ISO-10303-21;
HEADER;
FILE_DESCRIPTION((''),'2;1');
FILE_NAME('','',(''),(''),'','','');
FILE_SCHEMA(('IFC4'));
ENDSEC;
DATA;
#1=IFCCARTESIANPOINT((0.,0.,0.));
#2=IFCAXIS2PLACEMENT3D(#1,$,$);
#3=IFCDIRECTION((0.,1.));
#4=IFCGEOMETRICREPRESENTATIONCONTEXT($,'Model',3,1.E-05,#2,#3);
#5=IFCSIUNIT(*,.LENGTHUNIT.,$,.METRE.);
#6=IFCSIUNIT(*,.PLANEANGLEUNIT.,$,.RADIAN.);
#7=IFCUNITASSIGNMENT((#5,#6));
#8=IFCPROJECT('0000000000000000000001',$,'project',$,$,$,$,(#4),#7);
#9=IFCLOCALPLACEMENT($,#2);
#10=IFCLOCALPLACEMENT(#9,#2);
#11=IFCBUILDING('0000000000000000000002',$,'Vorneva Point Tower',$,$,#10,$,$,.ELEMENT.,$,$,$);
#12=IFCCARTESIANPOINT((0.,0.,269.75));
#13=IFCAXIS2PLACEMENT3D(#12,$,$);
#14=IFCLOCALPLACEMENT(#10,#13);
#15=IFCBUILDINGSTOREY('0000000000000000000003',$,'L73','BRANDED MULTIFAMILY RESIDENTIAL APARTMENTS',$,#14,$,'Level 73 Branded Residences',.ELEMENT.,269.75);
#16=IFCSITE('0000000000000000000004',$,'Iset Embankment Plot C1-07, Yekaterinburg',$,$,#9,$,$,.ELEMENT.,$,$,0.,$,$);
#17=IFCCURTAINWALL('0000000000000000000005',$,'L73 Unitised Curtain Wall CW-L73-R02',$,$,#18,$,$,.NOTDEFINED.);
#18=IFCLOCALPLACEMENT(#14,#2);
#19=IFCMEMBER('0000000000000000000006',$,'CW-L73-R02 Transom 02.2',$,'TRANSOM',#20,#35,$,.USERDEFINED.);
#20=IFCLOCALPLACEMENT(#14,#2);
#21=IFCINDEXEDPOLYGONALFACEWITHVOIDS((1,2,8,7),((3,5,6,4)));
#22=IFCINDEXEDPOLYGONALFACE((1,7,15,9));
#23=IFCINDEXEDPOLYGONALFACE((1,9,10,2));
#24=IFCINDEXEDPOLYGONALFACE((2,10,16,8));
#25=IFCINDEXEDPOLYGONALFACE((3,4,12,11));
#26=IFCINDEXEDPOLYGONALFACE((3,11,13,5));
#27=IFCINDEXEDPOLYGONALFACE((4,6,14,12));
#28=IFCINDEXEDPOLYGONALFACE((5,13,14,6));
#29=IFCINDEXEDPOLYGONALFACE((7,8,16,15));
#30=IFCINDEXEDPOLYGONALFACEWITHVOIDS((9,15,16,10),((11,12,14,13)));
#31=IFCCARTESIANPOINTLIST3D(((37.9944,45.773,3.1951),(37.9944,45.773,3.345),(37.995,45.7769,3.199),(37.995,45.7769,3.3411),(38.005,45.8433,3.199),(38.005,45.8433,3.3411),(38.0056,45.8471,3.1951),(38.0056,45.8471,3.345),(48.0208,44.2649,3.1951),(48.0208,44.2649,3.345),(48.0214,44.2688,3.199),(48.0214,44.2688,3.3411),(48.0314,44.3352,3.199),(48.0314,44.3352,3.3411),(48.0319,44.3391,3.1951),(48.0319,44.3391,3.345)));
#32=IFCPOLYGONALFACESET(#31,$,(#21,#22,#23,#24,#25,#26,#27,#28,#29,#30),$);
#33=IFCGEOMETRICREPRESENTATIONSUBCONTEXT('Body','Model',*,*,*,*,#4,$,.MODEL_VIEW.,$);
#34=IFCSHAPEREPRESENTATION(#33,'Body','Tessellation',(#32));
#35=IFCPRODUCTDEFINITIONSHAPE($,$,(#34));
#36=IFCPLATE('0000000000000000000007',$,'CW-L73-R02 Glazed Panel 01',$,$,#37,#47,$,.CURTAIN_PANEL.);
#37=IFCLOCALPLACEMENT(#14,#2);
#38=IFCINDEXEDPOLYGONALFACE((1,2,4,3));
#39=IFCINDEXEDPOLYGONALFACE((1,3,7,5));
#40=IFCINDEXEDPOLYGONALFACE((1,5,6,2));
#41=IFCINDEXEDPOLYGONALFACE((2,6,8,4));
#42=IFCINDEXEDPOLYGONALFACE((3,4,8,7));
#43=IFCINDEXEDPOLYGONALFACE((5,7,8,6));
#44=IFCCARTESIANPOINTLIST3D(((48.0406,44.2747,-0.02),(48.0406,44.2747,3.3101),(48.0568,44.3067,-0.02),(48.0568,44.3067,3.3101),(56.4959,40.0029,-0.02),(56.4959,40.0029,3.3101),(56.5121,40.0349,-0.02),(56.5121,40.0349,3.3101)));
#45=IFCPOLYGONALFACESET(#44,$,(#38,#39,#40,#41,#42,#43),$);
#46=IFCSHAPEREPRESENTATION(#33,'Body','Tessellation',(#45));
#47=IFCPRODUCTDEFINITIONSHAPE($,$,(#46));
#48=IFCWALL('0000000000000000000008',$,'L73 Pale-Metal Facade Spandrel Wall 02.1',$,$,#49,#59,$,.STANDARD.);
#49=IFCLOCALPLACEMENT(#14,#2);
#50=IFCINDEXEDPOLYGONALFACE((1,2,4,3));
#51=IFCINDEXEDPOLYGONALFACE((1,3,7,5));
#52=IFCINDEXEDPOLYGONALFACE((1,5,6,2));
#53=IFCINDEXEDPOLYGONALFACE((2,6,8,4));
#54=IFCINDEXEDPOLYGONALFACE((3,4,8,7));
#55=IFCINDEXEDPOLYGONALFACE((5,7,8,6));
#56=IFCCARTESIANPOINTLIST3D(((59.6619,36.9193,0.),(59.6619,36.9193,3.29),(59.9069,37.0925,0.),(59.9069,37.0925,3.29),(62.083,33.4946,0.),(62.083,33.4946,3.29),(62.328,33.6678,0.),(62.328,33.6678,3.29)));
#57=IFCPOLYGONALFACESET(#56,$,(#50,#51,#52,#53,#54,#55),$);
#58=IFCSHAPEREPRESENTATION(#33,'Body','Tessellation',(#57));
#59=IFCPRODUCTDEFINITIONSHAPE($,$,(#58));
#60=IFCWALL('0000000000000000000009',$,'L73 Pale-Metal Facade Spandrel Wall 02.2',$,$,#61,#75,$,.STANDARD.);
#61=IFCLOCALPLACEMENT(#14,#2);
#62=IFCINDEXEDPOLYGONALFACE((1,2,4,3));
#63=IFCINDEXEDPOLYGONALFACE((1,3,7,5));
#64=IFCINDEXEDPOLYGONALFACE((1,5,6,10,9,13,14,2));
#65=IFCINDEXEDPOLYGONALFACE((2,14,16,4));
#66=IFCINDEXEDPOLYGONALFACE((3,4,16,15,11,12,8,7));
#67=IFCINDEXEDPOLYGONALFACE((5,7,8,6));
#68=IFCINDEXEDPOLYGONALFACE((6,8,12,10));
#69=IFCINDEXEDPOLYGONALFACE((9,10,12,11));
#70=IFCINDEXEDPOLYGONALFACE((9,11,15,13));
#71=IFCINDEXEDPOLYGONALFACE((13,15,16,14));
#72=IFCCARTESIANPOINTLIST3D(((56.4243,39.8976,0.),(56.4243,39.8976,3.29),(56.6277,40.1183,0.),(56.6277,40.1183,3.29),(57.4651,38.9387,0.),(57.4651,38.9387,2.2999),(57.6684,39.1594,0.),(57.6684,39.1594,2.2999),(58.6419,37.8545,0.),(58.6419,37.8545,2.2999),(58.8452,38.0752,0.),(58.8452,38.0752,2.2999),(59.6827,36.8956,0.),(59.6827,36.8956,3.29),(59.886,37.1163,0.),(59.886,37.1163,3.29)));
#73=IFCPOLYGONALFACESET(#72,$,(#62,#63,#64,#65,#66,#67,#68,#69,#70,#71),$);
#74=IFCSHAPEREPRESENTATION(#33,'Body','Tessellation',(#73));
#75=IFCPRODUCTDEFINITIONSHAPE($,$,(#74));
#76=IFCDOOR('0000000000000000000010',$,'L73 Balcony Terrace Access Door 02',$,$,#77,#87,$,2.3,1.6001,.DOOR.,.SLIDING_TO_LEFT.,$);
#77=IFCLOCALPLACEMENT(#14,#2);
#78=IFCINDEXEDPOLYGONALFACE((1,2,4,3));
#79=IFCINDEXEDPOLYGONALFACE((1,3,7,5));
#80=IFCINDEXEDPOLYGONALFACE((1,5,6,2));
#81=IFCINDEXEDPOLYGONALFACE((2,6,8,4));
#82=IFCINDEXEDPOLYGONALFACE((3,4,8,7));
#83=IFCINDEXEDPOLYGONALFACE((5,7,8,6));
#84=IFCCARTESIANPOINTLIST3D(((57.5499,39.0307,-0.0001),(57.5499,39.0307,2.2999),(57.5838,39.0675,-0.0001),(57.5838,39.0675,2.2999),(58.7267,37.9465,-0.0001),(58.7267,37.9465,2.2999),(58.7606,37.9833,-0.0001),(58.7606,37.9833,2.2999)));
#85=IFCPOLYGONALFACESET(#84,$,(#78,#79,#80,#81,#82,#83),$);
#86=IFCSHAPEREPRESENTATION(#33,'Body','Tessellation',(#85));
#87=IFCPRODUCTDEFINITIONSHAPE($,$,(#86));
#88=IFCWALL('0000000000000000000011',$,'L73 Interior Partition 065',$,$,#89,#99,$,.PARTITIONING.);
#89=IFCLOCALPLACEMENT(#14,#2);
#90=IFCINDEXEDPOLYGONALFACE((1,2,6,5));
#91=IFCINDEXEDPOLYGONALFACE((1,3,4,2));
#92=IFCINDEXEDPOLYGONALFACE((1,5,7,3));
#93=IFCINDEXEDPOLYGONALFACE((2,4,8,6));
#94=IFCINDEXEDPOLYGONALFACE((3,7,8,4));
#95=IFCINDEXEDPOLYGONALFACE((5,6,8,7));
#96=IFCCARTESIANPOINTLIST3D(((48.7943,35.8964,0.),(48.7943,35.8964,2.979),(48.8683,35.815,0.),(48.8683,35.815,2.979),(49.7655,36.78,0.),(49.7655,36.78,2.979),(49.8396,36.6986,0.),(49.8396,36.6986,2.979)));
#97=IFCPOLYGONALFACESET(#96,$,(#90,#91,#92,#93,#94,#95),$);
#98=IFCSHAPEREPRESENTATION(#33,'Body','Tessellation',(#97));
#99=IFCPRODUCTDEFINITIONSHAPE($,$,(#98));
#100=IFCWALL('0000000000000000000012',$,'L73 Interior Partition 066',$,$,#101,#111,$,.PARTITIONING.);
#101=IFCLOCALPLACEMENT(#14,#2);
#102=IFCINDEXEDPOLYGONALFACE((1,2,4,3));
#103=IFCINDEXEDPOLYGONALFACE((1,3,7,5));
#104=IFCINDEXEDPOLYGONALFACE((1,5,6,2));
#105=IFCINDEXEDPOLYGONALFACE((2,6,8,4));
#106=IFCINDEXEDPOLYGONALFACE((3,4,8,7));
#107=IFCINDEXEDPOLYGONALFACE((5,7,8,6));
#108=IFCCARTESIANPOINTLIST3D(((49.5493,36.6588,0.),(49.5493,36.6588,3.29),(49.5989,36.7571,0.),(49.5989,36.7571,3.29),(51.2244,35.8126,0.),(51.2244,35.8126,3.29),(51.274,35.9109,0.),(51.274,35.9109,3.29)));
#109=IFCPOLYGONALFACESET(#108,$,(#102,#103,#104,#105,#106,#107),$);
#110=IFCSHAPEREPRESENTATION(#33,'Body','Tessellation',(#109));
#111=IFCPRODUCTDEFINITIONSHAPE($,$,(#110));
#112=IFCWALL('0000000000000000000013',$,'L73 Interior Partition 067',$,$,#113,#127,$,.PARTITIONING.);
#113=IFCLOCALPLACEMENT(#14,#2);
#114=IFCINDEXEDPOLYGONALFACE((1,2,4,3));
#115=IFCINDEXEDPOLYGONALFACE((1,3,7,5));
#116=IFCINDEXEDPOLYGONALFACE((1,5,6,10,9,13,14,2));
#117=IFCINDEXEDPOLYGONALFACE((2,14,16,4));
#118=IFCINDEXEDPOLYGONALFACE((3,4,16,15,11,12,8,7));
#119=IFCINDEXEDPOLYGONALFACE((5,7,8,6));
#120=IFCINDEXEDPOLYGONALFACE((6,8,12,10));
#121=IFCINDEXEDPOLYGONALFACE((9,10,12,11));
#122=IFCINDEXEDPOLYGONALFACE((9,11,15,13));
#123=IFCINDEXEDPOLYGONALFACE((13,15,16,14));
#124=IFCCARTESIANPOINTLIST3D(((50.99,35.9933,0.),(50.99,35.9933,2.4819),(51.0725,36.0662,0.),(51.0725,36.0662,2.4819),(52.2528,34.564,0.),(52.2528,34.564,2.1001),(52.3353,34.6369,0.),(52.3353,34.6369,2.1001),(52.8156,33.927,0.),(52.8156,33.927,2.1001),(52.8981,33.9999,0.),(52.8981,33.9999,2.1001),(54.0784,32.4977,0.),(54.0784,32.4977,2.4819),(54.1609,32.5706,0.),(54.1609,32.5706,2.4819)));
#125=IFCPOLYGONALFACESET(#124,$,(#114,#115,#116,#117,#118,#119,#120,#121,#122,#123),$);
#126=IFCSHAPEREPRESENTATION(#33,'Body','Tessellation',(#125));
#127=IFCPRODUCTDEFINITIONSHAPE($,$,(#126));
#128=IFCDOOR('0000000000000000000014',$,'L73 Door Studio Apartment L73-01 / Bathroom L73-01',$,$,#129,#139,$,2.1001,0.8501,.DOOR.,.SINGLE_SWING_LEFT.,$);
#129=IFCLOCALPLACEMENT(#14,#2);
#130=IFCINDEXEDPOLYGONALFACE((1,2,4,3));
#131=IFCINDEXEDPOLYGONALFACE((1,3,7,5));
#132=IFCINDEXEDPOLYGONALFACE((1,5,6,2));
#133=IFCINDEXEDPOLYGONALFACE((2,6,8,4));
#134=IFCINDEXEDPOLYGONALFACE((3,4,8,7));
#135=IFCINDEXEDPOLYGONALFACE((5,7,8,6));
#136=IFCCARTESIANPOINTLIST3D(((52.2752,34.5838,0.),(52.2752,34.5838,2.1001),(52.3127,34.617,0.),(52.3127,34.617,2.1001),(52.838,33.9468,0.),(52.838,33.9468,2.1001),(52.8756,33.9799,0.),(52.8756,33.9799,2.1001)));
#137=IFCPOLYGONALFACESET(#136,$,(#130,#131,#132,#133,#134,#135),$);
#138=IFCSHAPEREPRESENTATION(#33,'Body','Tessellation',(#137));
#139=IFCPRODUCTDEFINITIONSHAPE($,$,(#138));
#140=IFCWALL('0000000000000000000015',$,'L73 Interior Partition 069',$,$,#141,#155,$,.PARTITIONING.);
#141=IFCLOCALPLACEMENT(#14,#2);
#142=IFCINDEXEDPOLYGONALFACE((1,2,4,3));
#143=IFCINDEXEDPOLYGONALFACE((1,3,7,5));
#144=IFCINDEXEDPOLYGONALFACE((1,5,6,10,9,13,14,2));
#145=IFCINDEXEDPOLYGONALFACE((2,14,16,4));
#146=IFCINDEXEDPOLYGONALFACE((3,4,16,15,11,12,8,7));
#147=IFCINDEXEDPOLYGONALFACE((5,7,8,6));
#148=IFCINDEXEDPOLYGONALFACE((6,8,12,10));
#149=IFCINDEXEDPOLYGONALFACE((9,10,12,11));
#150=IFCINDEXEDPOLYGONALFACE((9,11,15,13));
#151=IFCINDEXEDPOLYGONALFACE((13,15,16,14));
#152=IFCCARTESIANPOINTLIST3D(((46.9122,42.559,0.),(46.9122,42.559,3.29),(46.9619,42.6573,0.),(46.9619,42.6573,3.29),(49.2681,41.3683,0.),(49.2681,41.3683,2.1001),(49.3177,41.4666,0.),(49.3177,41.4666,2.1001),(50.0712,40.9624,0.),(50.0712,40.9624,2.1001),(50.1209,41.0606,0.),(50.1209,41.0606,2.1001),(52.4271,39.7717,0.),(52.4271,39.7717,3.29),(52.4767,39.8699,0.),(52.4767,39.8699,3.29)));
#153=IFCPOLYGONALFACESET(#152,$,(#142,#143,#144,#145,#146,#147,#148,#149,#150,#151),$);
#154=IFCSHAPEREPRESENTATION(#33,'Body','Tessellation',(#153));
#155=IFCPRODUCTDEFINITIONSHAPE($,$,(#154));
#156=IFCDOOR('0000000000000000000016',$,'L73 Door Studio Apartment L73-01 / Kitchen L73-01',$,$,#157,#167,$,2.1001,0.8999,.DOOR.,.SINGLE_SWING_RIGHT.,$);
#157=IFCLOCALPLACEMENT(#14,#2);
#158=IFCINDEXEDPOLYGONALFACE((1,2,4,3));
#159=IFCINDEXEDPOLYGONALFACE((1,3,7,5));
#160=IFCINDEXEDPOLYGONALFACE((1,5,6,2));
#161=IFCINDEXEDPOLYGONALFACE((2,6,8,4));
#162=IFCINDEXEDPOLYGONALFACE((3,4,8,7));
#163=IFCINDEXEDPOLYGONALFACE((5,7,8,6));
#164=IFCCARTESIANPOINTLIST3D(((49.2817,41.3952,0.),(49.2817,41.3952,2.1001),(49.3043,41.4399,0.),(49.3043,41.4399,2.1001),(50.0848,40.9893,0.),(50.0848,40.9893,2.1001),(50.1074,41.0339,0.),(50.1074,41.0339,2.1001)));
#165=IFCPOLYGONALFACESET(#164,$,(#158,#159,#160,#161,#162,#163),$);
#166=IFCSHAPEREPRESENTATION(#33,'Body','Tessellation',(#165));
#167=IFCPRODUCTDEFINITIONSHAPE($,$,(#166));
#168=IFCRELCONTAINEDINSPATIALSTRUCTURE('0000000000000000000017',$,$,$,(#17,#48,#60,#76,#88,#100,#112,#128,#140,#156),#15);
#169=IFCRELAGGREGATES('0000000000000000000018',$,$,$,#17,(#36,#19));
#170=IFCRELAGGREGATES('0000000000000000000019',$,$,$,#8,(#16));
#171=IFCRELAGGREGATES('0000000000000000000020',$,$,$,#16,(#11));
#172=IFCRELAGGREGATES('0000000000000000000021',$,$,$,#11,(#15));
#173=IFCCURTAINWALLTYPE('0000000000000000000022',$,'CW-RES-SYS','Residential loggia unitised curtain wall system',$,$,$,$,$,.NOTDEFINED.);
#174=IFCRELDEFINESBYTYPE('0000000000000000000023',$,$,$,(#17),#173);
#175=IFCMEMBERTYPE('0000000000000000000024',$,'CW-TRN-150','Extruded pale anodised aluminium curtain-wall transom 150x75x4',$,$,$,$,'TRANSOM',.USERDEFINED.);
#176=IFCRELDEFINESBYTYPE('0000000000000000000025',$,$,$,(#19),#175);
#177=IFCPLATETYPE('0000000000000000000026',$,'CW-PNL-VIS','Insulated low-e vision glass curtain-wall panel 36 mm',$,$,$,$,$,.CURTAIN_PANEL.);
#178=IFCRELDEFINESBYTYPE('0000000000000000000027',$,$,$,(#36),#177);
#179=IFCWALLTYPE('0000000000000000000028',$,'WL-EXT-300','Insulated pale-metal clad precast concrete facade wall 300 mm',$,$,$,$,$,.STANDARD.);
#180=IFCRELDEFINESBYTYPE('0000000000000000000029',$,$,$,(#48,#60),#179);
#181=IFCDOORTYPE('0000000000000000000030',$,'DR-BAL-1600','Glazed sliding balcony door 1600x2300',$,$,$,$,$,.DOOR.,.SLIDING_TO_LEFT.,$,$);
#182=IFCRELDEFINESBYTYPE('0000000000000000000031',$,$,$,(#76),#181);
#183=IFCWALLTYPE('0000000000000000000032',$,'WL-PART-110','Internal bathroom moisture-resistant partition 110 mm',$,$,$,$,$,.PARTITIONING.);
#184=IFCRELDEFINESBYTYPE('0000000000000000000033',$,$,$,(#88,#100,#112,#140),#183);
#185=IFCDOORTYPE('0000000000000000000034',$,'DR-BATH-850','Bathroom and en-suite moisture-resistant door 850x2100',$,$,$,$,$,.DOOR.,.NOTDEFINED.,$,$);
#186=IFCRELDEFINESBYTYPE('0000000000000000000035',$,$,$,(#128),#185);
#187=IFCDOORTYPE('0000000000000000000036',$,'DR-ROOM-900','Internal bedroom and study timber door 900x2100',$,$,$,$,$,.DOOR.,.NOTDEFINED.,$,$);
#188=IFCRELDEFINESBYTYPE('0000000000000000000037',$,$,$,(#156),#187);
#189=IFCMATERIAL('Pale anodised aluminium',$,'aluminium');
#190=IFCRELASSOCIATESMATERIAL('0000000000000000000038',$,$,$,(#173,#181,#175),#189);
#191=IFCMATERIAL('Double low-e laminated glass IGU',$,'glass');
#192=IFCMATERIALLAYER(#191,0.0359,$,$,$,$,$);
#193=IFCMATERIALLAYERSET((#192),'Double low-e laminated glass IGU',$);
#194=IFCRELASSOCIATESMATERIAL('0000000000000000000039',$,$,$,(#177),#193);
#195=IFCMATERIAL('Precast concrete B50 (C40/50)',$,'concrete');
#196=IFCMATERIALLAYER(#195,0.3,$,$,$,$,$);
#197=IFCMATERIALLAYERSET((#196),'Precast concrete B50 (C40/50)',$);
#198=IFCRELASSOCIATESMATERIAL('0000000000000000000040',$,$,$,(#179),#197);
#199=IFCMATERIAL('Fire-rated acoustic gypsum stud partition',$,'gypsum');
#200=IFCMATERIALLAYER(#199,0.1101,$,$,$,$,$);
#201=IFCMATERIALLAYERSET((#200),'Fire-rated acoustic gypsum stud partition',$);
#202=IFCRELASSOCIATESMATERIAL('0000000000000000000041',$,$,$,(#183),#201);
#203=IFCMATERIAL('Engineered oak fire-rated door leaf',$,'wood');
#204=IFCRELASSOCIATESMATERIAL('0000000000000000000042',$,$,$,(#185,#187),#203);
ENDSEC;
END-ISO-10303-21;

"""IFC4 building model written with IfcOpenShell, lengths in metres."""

from ifc_helpers import new_model, si_unit, direction, frame, frame_2d, origin, origin_2d, place, context, subcontext, project, spatial, rectangle, hollow_rectangle, extrude, material, layer, layer_set, material_profile, profile_set, type_object, element, fill, aggregate, save


model = new_model("IFC4")

# Units and contexts
model_context = context("Model", 3, precision=1e-05, world=origin(), true_north=direction((0.0, 1.0)))
body_context = subcontext(model_context, "Body", "Model", "MODEL_VIEW")
ifc_project = project(units=[si_unit("LENGTHUNIT", "METRE"), si_unit("PLANEANGLEUNIT", "RADIAN")], contexts=[model_context])

# Site, building, storey
site_placement = place(None, origin())
site = spatial("IfcSite", under=ifc_project, at=site_placement, Name="Iset Embankment Plot C1-07, Yekaterinburg", CompositionType="ELEMENT", RefElevation=0.0)
building_placement = place(site_placement, origin())
building = spatial("IfcBuilding", under=site, at=building_placement, Name="Vorneva Point Tower", CompositionType="ELEMENT")
storey_placement = place(building_placement, frame((0.0, 0.0, 269.75)))
storey = spatial("IfcBuildingStorey", under=building, at=storey_placement, Name="L73", Description="BRANDED MULTIFAMILY RESIDENTIAL APARTMENTS", LongName="Level 73 Branded Residences", CompositionType="ELEMENT", Elevation=269.75)

# Shared definitions
ifc_material_1 = material(Name="Pale anodised aluminium", Category="aluminium")
curtain_wall_type = type_object("IfcCurtainWallType", Name="CW-RES-SYS", Description="Residential loggia unitised curtain wall system", PredefinedType="NOTDEFINED", material=ifc_material_1)

# Curtain wall, member, plate
curtain_wall_1_placement = place(storey_placement, origin())
curtain_wall_1 = element("IfcCurtainWall", 1, at=curtain_wall_1_placement, inside=storey, type_object=curtain_wall_type, Name="L73 Unitised Curtain Wall CW-L73-R02", PredefinedType="NOTDEFINED")
ifc_material_profile_1 = material_profile(ifc_material_1, hollow_rectangle(XDim=0.075, YDim=0.1499, WallThickness=0.0039, at=origin_2d()), Name="AL-TRN 150x75x4")
ifc_profile_set_1 = profile_set([ifc_material_profile_1], Name="Pale anodised aluminium")
member_type_1 = type_object("IfcMemberType", Name="CW-TRN-150", Description="Extruded pale anodised aluminium curtain-wall transom 150x75x4", ElementType="TRANSOM", PredefinedType="USERDEFINED", material=ifc_profile_set_1)
member_1_placement = place(storey_placement, frame((48.0264, 44.302, 3.27), z_axis=(-0.988877, 0.148736, 0.0), x_axis=(-0.148736, -0.988877, 0.0)))
member_1 = element("IfcMember", 2, at=member_1_placement, type_object=member_type_1, Name="CW-L73-R02 Transom 02.2", ObjectType="TRANSOM", PredefinedType="USERDEFINED", context=body_context, shape_type="SweptSolid", body=[
    extrude(hollow_rectangle(XDim=0.075, YDim=0.1499, WallThickness=0.0039, at=origin_2d()), origin(), (0.0, 0.0, 1.0), 10.1392),
])
ifc_material_2 = material(Name="Double low-e laminated glass IGU", Category="glass")
ifc_layer_1 = layer(ifc_material_2, 0.0359)
ifc_layer_set_1 = layer_set([ifc_layer_1], Name="Double low-e laminated glass IGU")
plate_type = type_object("IfcPlateType", Name="CW-PNL-VIS", Description="Insulated low-e vision glass curtain-wall panel 36 mm", PredefinedType="CURTAIN_PANEL", material=ifc_layer_set_1)
plate_placement = place(storey_placement, frame((52.2764, 42.1548, -0.02), z_axis=(0.0, 0.0, 1.0), x_axis=(-0.892554, 0.45094, 0.0)))
plate = element("IfcPlate", 3, at=plate_placement, type_object=plate_type, Name="CW-L73-R02 Glazed Panel 01", PredefinedType="CURTAIN_PANEL", context=body_context, shape_type="SweptSolid", body=[
    extrude(rectangle(XDim=9.4731, YDim=0.0359, at=origin_2d()), origin(), (0.0, 0.0, 1.0), 3.3301),
])
aggregate(curtain_wall_1, [plate, member_1])

# Wall
ifc_material_3 = material(Name="Precast concrete B50 (C40/50)", Category="concrete")
ifc_layer_2 = layer(ifc_material_3, 0.3)
ifc_layer_set_2 = layer_set([ifc_layer_2], Name="Precast concrete B50 (C40/50)")
wall_type_1 = type_object("IfcWallType", Name="WL-EXT-300", Description="Insulated pale-metal clad precast concrete facade wall 300 mm", PredefinedType="STANDARD", material=ifc_layer_set_2)
wall_1_placement = place(storey_placement, frame((62.2056, 33.5811, 0.0), z_axis=(0.0, 0.0, 1.0), x_axis=(-0.577261, 0.81656, 0.0)))
element("IfcWall", 4, at=wall_1_placement, inside=storey, type_object=wall_type_1, Name="L73 Pale-Metal Facade Spandrel Wall 02.1", PredefinedType="STANDARD", context=body_context, shape_type="SweptSolid", body=[
    extrude(rectangle(XDim=4.1941, YDim=0.3, at=frame_2d((2.0972, 0.0))), origin(), (0.0, 0.0, 1.0), 3.29),
])

# Wall, opening, door
wall_2_placement = place(storey_placement, frame((59.7844, 37.0059, 0.0), z_axis=(0.0, 0.0, 1.0), x_axis=(-0.735445, 0.677584, 0.0)))
wall_2 = element("IfcWall", 5, at=wall_2_placement, inside=storey, type_object=wall_type_1, Name="L73 Pale-Metal Facade Spandrel Wall 02.2", PredefinedType="STANDARD", context=body_context, shape_type="SweptSolid", body=[
    extrude(rectangle(XDim=4.4304, YDim=0.3, at=frame_2d((2.2153, 0.0))), origin(), (0.0, 0.0, 1.0), 3.29),
])
opening_1_placement = place(wall_2_placement, frame((1.4153, 0.0, 0.0)))
opening_1 = element("IfcOpeningElement", 6, at=opening_1_placement, cuts=wall_2, PredefinedType="OPENING", context=body_context, shape_type="SweptSolid", body=[
    extrude(rectangle(XDim=1.6001, YDim=2.3, at=frame_2d((0.8, 1.1499))), frame((0.0, 0.165, 0.0), z_axis=(0.0, -1.0, 0.0), x_axis=(1.0, 0.0, 0.0)), (0.0, 0.0, 1.0), 0.3298),
])
door_type_1 = type_object("IfcDoorType", Name="DR-BAL-1600", Description="Glazed sliding balcony door 1600x2300", OperationType="SLIDING_TO_LEFT", PredefinedType="DOOR", material=ifc_material_1)
door_1_placement = place(opening_1_placement, origin())
door_1 = element("IfcDoor", 7, at=door_1_placement, inside=storey, type_object=door_type_1, Name="L73 Balcony Terrace Access Door 02", OperationType="SLIDING_TO_LEFT", OverallHeight=2.3, OverallWidth=1.6001, PredefinedType="DOOR", context=body_context, shape_type="SweptSolid", body=[
    extrude(rectangle(XDim=1.6001, YDim=2.3, at=frame_2d((0.8, 1.1499))), frame((0.0, 0.0249, 0.0), z_axis=(0.0, -1.0, 0.0), x_axis=(1.0, 0.0, 0.0)), (0.0, 0.0, 1.0), 0.05),
])
fill(opening_1, door_1)

# Walls
ifc_material_4 = material(Name="Fire-rated acoustic gypsum stud partition", Category="gypsum")
ifc_layer_3 = layer(ifc_material_4, 0.1101)
ifc_layer_set_3 = layer_set([ifc_layer_3], Name="Fire-rated acoustic gypsum stud partition")
wall_type_2 = type_object("IfcWallType", Name="WL-PART-110", Description="Internal bathroom moisture-resistant partition 110 mm", PredefinedType="PARTITIONING", material=ifc_layer_set_3)
wall_3_placement = place(storey_placement, frame((48.8313, 35.8557, 0.0), z_axis=(0.0, 0.0, 1.0), x_axis=(0.739696, 0.672941, 0.0)))
element("IfcWall", 8, at=wall_3_placement, inside=storey, type_object=wall_type_2, Name="L73 Interior Partition 065", PredefinedType="PARTITIONING", context=body_context, shape_type="SweptSolid", body=[
    extrude(rectangle(XDim=1.313, YDim=0.1101, at=frame_2d((0.6565, 0.0))), origin(), (0.0, 0.0, 1.0), 2.979),
])
wall_4_placement = place(storey_placement, frame((49.574, 36.708, 0.0), z_axis=(0.0, 0.0, 1.0), x_axis=(0.892572, -0.450904, 0.0)))
element("IfcWall", 9, at=wall_4_placement, inside=storey, type_object=wall_type_2, Name="L73 Interior Partition 066", PredefinedType="PARTITIONING", context=body_context, shape_type="SweptSolid", body=[
    extrude(rectangle(XDim=1.8767, YDim=0.1101, at=frame_2d((0.9385, 0.0))), origin(), (0.0, 0.0, 1.0), 3.29),
])

# Walls, openings, doors
wall_5_placement = place(storey_placement, frame((51.0312, 36.0298, 0.0), z_axis=(0.0, 0.0, 1.0), x_axis=(0.662106, -0.74941, 0.0)))
wall_5 = element("IfcWall", 10, at=wall_5_placement, inside=storey, type_object=wall_type_2, Name="L73 Interior Partition 067", PredefinedType="PARTITIONING", context=body_context, shape_type="SweptSolid", body=[
    extrude(rectangle(XDim=4.6646, YDim=0.1101, at=frame_2d((2.3323, 0.0))), origin(), (0.0, 0.0, 1.0), 2.4819),
])
opening_2_placement = place(wall_5_placement, frame((1.9072, 0.0, 0.0)))
opening_2 = element("IfcOpeningElement", 11, at=opening_2_placement, cuts=wall_5, PredefinedType="OPENING", context=body_context, shape_type="SweptSolid", body=[
    extrude(rectangle(XDim=0.8501, YDim=2.1001, at=frame_2d((0.425, 1.05))), frame((0.0, 0.0698, 0.0), z_axis=(0.0, -1.0, 0.0), x_axis=(1.0, 0.0, 0.0)), (0.0, 0.0, 1.0), 0.1399),
])
ifc_material_5 = material(Name="Engineered oak fire-rated door leaf", Category="wood")
door_type_2 = type_object("IfcDoorType", Name="DR-BATH-850", Description="Bathroom and en-suite moisture-resistant door 850x2100", OperationType="NOTDEFINED", PredefinedType="DOOR", material=ifc_material_5)
door_2_placement = place(opening_2_placement, origin())
door_2 = element("IfcDoor", 12, at=door_2_placement, inside=storey, type_object=door_type_2, Name="L73 Door Studio Apartment L73-01 / Bathroom L73-01", OperationType="SINGLE_SWING_LEFT", OverallHeight=2.1001, OverallWidth=0.8501, PredefinedType="DOOR", context=body_context, shape_type="SweptSolid", body=[
    extrude(rectangle(XDim=0.8501, YDim=2.1001, at=frame_2d((0.425, 1.05))), frame((0.0, 0.0249, 0.0), z_axis=(0.0, -1.0, 0.0), x_axis=(1.0, 0.0, 0.0)), (0.0, 0.0, 1.0), 0.05),
])
fill(opening_2, door_2)
wall_6_placement = place(storey_placement, frame((52.4519, 39.8208, 0.0), z_axis=(0.0, 0.0, 1.0), x_axis=(-0.892483, 0.451081, 0.0)))
wall_6 = element("IfcWall", 13, at=wall_6_placement, inside=storey, type_object=wall_type_2, Name="L73 Interior Partition 069", PredefinedType="PARTITIONING", context=body_context, shape_type="SweptSolid", body=[
    extrude(rectangle(XDim=6.1792, YDim=0.1101, at=frame_2d((3.0896, 0.0))), origin(), (0.0, 0.0, 1.0), 3.29),
])
opening_3_placement = place(wall_6_placement, frame((2.6396, 0.0, 0.0)))
opening_3 = element("IfcOpeningElement", 14, at=opening_3_placement, cuts=wall_6, PredefinedType="OPENING", context=body_context, shape_type="SweptSolid", body=[
    extrude(rectangle(XDim=0.8999, YDim=2.1001, at=frame_2d((0.45, 1.05))), frame((0.0, 0.0698, 0.0), z_axis=(0.0, -1.0, 0.0), x_axis=(1.0, 0.0, 0.0)), (0.0, 0.0, 1.0), 0.1399),
])
door_type_3 = type_object("IfcDoorType", Name="DR-ROOM-900", Description="Internal bedroom and study timber door 900x2100", OperationType="NOTDEFINED", PredefinedType="DOOR", material=ifc_material_5)
door_3_placement = place(opening_3_placement, origin())
door_3 = element("IfcDoor", 15, at=door_3_placement, inside=storey, type_object=door_type_3, Name="L73 Door Studio Apartment L73-01 / Kitchen L73-01", OperationType="SINGLE_SWING_RIGHT", OverallHeight=2.1001, OverallWidth=0.8999, PredefinedType="DOOR", context=body_context, shape_type="SweptSolid", body=[
    extrude(rectangle(XDim=0.8999, YDim=2.1001, at=frame_2d((0.45, 1.05))), frame((0.0, 0.0249, 0.0), z_axis=(0.0, -1.0, 0.0), x_axis=(1.0, 0.0, 0.0)), (0.0, 0.0, 1.0), 0.05),
])
fill(opening_3, door_3)

save(model, "model.ifc")
